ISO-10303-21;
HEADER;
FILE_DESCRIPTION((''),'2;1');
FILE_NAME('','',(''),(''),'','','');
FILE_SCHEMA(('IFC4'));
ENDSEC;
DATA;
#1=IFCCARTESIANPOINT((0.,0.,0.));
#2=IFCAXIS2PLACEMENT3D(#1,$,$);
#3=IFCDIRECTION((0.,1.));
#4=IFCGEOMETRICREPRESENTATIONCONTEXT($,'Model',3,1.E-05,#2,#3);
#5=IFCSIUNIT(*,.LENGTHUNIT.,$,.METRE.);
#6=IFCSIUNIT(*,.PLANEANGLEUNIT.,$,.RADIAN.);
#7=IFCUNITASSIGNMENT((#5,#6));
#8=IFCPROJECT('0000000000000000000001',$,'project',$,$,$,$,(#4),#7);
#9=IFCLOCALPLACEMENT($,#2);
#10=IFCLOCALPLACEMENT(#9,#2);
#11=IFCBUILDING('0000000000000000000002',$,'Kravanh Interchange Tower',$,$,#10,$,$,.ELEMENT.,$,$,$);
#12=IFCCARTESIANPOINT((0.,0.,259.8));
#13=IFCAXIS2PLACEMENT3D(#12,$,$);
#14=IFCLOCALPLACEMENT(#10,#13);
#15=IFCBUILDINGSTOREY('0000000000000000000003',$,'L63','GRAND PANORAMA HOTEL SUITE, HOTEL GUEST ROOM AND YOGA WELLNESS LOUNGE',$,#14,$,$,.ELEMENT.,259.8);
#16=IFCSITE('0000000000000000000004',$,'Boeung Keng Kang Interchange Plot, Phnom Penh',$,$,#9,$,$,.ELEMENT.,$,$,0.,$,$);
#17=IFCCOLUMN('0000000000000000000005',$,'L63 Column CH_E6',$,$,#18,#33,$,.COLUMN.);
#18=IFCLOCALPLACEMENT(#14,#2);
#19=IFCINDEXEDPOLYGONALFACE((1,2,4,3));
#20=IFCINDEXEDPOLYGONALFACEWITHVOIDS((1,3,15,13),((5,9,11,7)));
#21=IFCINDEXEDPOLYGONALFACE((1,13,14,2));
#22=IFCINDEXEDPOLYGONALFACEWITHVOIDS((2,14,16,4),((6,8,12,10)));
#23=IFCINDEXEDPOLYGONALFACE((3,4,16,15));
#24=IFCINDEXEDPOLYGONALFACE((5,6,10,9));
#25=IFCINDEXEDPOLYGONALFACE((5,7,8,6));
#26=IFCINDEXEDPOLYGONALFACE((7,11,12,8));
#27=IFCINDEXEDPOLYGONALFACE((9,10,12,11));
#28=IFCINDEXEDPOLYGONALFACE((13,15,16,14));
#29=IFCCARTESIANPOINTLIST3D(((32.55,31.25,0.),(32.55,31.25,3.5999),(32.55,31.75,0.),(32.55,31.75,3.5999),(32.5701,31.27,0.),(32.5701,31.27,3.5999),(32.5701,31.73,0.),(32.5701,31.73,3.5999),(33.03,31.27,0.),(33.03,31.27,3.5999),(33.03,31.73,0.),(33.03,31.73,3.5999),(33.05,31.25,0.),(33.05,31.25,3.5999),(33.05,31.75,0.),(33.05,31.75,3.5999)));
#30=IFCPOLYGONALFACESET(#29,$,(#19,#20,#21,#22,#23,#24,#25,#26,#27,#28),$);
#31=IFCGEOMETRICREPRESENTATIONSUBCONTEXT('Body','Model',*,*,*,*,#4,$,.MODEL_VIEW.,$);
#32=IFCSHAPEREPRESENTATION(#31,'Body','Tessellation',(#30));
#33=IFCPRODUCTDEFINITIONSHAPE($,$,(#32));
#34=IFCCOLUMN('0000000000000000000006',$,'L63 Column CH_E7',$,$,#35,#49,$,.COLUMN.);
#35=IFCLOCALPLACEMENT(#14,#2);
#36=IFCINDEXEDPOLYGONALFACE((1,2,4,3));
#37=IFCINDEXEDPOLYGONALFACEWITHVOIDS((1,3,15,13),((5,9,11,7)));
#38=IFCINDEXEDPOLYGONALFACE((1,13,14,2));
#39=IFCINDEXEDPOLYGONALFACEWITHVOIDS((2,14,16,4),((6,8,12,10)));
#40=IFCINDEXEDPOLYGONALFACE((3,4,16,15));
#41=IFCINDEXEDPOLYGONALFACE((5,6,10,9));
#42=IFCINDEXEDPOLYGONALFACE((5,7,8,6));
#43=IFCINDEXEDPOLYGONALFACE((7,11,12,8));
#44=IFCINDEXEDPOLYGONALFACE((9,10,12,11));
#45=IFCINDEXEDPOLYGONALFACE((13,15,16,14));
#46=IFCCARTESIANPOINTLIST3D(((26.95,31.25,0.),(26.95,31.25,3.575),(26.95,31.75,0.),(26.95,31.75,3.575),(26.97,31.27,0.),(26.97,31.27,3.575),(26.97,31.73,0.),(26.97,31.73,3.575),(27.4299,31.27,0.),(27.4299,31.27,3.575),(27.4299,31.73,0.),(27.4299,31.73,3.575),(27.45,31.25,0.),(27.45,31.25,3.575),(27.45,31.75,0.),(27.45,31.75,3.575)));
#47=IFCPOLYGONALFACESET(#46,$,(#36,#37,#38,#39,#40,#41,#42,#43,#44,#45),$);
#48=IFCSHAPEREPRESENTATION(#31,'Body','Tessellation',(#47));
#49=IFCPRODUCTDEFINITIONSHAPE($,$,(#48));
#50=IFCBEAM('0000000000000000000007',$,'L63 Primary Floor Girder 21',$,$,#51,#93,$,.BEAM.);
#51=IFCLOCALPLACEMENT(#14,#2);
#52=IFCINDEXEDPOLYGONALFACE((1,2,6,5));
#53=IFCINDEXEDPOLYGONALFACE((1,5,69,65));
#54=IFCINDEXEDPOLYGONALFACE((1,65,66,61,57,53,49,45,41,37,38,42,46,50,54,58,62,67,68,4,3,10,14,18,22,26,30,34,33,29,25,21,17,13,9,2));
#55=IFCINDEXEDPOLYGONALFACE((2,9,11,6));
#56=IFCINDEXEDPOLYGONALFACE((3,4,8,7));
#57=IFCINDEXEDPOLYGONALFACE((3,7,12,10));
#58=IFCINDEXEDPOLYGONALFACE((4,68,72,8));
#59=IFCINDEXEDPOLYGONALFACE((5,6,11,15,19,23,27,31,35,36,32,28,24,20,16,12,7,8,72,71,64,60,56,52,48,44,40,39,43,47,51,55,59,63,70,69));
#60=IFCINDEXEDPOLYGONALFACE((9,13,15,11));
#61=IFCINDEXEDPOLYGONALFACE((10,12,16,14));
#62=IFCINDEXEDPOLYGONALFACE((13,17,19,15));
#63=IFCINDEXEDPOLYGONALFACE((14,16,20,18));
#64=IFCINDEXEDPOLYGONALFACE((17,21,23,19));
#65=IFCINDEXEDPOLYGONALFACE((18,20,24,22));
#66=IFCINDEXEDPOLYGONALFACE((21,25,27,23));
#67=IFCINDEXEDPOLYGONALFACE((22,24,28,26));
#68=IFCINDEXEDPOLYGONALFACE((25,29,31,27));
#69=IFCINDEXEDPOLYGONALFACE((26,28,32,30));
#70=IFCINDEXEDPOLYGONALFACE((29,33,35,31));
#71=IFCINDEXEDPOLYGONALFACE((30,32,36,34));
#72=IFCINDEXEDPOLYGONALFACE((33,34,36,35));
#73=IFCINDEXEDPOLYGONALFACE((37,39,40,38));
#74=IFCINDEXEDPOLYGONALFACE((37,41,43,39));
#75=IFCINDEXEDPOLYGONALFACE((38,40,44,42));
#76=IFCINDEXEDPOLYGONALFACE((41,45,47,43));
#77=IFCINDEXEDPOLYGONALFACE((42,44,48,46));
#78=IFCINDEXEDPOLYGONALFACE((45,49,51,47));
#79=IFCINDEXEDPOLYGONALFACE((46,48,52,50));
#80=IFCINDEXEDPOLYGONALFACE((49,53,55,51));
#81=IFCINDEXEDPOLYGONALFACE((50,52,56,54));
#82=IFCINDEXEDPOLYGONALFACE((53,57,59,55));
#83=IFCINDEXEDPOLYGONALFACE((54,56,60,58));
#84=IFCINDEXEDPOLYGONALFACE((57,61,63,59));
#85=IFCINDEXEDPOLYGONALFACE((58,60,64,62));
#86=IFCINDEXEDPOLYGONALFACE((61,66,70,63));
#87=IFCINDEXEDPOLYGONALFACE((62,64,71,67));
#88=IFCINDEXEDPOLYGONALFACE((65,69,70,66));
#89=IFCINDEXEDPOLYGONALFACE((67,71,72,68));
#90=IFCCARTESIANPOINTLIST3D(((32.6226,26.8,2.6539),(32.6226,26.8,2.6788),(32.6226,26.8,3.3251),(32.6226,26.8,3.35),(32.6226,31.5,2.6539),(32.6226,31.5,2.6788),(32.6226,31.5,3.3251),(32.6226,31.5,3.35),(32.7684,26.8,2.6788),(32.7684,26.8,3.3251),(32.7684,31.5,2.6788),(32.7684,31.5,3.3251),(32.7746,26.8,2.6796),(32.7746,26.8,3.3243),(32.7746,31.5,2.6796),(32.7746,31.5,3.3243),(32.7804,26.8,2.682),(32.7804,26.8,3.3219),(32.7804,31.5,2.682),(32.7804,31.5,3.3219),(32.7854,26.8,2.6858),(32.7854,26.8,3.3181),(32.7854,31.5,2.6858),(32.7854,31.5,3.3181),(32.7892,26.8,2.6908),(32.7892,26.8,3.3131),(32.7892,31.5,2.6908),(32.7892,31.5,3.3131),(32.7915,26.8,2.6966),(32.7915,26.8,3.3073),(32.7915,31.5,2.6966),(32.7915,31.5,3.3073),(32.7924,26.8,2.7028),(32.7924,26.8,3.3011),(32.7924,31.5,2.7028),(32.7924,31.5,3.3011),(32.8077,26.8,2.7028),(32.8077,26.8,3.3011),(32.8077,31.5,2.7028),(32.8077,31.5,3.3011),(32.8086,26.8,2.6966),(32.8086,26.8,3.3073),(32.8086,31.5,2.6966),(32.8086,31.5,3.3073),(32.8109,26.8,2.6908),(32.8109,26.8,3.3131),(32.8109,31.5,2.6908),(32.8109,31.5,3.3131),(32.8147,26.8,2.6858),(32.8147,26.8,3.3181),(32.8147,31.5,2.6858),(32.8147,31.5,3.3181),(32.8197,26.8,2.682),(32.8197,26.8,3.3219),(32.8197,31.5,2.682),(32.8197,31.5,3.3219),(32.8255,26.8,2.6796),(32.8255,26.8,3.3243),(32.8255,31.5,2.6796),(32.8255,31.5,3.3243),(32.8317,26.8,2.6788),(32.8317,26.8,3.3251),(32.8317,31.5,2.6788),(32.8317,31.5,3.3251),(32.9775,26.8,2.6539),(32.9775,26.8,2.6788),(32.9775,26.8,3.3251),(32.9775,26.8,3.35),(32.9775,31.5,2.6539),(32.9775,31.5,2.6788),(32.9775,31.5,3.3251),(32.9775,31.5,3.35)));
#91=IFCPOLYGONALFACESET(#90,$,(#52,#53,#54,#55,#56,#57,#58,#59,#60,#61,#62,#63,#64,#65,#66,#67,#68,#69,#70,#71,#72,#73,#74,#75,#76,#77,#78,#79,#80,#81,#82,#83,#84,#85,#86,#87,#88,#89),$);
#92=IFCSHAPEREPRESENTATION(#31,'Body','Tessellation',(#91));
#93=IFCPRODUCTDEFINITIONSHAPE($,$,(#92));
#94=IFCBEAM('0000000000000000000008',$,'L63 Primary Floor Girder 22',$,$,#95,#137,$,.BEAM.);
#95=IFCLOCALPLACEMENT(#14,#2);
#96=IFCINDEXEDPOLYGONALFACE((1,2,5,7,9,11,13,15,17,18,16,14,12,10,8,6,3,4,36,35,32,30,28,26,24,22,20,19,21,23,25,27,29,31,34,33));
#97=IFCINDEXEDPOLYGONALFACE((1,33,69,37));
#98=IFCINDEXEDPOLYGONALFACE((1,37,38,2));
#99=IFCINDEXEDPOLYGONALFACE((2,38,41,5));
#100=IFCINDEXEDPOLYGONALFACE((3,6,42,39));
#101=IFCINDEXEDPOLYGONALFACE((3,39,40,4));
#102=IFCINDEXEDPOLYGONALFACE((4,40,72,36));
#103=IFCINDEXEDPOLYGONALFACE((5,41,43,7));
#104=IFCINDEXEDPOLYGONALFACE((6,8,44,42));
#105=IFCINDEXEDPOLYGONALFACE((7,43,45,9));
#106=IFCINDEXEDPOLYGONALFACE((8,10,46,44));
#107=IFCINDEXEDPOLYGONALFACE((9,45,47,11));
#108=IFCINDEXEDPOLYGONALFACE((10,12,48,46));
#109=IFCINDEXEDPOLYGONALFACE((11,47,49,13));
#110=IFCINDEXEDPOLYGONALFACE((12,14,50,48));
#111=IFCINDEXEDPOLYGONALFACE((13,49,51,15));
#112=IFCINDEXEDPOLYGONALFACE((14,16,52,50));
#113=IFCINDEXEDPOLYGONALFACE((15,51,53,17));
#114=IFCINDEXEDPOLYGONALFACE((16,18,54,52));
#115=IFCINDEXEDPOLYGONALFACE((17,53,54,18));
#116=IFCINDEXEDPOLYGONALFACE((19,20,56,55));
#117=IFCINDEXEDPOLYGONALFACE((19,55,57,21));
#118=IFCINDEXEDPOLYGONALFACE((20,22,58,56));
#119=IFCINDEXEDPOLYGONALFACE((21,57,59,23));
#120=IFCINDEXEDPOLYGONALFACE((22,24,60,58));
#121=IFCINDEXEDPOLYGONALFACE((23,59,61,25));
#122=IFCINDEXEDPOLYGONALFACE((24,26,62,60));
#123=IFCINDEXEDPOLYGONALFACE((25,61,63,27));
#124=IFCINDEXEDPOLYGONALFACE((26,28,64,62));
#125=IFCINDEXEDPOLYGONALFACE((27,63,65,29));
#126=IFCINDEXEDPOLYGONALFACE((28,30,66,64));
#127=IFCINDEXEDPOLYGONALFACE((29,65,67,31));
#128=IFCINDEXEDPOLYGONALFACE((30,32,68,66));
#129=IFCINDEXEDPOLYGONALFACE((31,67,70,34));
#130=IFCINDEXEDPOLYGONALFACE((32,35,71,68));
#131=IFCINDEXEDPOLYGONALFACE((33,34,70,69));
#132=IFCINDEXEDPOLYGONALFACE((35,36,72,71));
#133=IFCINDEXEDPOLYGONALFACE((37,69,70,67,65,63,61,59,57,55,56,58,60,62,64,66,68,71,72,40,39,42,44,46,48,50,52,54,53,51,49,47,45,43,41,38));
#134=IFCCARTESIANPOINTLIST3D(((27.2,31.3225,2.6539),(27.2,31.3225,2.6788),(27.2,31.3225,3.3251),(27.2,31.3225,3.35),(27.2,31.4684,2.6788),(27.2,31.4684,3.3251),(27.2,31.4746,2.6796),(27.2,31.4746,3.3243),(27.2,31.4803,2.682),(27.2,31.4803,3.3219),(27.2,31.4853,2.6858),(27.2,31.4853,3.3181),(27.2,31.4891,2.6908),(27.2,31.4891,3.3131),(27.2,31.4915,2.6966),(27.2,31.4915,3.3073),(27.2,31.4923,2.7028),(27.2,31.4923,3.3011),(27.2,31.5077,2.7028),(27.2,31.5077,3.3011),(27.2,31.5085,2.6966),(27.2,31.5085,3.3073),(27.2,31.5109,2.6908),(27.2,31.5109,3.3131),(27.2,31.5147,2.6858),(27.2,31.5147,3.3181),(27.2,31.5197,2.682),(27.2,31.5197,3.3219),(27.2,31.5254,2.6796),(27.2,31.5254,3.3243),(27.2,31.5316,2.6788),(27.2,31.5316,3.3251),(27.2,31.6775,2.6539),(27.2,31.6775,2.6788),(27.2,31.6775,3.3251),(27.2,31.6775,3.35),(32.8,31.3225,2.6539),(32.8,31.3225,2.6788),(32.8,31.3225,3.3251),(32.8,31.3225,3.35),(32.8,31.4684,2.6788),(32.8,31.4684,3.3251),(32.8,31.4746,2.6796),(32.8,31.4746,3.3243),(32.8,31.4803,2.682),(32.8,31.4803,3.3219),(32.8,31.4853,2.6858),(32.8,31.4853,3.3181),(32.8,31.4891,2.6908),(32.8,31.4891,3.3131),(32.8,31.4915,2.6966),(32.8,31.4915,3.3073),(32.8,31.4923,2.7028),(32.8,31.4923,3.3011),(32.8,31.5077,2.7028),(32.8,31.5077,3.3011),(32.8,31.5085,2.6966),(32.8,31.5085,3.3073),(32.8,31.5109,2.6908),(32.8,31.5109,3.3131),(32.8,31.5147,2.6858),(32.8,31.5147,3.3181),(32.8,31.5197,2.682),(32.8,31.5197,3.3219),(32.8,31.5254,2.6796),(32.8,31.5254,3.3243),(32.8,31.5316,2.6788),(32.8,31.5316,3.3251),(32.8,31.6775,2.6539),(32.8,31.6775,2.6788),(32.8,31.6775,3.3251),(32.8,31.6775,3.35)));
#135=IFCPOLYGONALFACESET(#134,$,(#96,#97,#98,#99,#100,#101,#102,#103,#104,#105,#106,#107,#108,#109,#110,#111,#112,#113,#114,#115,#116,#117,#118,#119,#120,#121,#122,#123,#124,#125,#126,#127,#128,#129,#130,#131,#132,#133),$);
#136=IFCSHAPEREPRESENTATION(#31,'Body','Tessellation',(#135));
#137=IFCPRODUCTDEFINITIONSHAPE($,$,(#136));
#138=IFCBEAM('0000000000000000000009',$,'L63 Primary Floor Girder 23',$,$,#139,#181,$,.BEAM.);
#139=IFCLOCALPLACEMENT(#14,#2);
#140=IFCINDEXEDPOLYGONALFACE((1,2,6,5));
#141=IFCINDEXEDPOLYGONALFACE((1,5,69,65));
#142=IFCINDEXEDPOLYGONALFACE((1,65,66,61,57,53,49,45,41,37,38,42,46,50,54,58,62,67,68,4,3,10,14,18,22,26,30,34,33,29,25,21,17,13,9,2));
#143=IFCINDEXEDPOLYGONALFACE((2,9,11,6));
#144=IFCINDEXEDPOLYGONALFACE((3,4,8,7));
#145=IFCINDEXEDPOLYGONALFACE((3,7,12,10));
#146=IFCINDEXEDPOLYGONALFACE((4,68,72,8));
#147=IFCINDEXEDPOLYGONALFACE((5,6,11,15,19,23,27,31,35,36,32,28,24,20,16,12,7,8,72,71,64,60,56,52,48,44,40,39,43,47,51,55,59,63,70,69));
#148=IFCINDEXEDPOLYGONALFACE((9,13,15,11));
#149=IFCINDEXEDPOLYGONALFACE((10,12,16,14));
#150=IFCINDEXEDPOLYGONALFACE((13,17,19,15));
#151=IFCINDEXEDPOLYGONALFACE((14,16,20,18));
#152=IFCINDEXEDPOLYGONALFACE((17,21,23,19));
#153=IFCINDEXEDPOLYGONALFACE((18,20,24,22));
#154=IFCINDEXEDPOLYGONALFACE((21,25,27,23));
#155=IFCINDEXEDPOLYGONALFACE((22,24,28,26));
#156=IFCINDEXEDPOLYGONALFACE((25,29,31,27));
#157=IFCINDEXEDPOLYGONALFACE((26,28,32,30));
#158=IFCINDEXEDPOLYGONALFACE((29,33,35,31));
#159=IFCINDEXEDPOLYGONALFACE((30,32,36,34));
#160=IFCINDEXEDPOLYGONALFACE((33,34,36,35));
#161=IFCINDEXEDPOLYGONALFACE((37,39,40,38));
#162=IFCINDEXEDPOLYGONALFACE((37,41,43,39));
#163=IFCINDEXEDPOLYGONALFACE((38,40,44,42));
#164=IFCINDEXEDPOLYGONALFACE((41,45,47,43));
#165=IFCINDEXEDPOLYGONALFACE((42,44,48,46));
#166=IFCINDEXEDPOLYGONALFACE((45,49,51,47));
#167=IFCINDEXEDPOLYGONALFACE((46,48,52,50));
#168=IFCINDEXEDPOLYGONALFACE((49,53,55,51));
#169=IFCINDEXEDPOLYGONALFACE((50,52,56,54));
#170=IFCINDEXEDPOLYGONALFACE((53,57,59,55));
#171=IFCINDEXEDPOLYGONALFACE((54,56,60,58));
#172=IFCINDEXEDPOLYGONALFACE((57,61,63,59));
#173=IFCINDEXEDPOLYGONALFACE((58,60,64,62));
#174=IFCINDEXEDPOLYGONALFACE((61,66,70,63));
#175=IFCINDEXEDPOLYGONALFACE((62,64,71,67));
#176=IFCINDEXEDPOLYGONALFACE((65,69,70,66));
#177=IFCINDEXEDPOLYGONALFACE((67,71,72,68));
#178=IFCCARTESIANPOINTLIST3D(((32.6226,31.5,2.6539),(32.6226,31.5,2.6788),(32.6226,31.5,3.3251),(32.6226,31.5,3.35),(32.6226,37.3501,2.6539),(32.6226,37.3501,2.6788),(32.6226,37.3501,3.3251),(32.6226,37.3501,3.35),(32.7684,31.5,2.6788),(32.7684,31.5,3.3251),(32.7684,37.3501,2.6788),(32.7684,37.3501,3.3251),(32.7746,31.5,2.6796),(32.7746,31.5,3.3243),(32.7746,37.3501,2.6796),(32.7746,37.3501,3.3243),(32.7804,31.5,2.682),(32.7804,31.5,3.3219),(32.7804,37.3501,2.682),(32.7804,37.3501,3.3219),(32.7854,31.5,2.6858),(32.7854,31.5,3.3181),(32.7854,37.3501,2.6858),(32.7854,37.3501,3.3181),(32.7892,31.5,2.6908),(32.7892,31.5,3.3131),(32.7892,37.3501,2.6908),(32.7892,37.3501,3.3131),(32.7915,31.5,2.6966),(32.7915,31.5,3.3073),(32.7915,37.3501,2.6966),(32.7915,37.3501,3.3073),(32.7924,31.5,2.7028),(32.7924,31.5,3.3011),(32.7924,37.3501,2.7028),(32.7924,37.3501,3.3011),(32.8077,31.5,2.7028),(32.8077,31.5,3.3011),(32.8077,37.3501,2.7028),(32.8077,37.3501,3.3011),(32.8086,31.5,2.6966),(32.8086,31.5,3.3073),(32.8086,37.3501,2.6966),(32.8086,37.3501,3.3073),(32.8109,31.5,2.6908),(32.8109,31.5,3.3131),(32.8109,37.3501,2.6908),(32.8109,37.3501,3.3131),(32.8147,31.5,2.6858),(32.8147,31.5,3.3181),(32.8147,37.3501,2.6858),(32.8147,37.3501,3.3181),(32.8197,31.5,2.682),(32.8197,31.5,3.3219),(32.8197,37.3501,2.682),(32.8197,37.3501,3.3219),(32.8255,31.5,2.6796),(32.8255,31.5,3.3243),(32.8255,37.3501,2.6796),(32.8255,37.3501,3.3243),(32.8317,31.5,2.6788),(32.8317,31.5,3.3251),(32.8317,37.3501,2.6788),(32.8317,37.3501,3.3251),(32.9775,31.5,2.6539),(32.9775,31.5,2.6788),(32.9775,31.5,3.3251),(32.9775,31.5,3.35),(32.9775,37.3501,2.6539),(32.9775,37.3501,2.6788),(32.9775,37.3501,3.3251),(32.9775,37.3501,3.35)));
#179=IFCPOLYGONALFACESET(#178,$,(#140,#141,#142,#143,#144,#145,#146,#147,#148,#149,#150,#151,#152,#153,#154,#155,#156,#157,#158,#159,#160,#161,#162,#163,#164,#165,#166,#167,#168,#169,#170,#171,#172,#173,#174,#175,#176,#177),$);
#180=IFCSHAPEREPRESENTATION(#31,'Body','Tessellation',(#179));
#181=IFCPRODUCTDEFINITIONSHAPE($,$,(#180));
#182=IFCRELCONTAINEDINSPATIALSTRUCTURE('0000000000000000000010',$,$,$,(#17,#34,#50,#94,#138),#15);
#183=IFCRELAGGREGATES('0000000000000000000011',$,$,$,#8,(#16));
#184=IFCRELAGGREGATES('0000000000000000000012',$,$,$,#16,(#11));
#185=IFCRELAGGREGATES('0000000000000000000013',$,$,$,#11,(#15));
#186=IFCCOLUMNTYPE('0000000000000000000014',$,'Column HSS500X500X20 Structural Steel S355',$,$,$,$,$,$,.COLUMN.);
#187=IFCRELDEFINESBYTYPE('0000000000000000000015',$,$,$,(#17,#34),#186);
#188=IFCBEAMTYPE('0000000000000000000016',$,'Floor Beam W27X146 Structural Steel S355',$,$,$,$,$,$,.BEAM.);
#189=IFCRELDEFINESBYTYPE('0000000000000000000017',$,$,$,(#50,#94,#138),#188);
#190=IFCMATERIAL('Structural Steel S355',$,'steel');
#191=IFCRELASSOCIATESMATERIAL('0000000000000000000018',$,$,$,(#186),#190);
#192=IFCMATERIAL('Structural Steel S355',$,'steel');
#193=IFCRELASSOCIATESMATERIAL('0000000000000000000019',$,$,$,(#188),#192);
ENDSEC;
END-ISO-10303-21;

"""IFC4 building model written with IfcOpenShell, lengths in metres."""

from ifc_helpers import new_model, si_unit, direction, frame, origin, origin_2d, place, context, subcontext, project, spatial, hollow_rectangle, i_section, extrude, material, material_profile, profile_set, type_object, element, save


model = new_model("IFC4")

# Units and contexts
model_context = context("Model", 3, precision=1e-05, world=origin(), true_north=direction((0.0, 1.0)))
body_context = subcontext(model_context, "Body", "Model", "MODEL_VIEW")
ifc_project = project(units=[si_unit("LENGTHUNIT", "METRE"), si_unit("PLANEANGLEUNIT", "RADIAN")], contexts=[model_context])

# Site, building, storey
site_placement = place(None, origin())
site = spatial("IfcSite", under=ifc_project, at=site_placement, Name="Boeung Keng Kang Interchange Plot, Phnom Penh", CompositionType="ELEMENT", RefElevation=0.0)
building_placement = place(site_placement, origin())
building = spatial("IfcBuilding", under=site, at=building_placement, Name="Kravanh Interchange Tower", CompositionType="ELEMENT")
storey_placement = place(building_placement, frame((0.0, 0.0, 259.8)))
storey = spatial("IfcBuildingStorey", under=building, at=storey_placement, Name="L63", Description="GRAND PANORAMA HOTEL SUITE, HOTEL GUEST ROOM AND YOGA WELLNESS LOUNGE", CompositionType="ELEMENT", Elevation=259.8)

# Columns
ifc_material_1 = material(Name="Structural Steel S355", Category="steel")
ifc_material_profile_1 = material_profile(ifc_material_1, hollow_rectangle(XDim=0.5, YDim=0.5, WallThickness=0.02, at=origin_2d()), Name="HSS500X500X20")
ifc_profile_set_1 = profile_set([ifc_material_profile_1], Name="Structural Steel S355")
column_type = type_object("IfcColumnType", Name="Column HSS500X500X20 Structural Steel S355", PredefinedType="COLUMN", material=ifc_profile_set_1)
column_1_placement = place(storey_placement, frame((32.8, 31.5, 0.0), z_axis=(0.0, 0.0, 1.0), x_axis=(1.0, 0.0, 0.0)))
element("IfcColumn", 1, at=column_1_placement, inside=storey, type_object=column_type, Name="L63 Column CH_E6", PredefinedType="COLUMN", context=body_context, shape_type="SweptSolid", body=[
    extrude(hollow_rectangle(XDim=0.5, YDim=0.5, WallThickness=0.02, at=origin_2d()), origin(), (0.0, 0.0, 1.0), 3.5999),
])
column_2_placement = place(storey_placement, frame((27.2, 31.5, 0.0), z_axis=(0.0, 0.0, 1.0), x_axis=(1.0, 0.0, 0.0)))
element("IfcColumn", 2, at=column_2_placement, inside=storey, type_object=column_type, Name="L63 Column CH_E7", PredefinedType="COLUMN", context=body_context, shape_type="SweptSolid", body=[
    extrude(hollow_rectangle(XDim=0.5, YDim=0.5, WallThickness=0.02, at=origin_2d()), origin(), (0.0, 0.0, 1.0), 3.575),
])

# Beams
ifc_material_2 = material(Name="Structural Steel S355", Category="steel")
ifc_material_profile_2 = material_profile(ifc_material_2, i_section(OverallWidth=0.355, OverallDepth=0.696, WebThickness=0.0154, FlangeThickness=0.0249, FilletRadius=0.0239, at=origin_2d()), Name="W27X146")
ifc_profile_set_2 = profile_set([ifc_material_profile_2], Name="Structural Steel S355")
beam_type_1 = type_object("IfcBeamType", Name="Floor Beam W27X146 Structural Steel S355", PredefinedType="BEAM", material=ifc_profile_set_2)
beam_1_placement = place(storey_placement, frame((32.8, 31.5, 3.002), z_axis=(0.0, -1.0, 0.0), x_axis=(1.0, 0.0, 0.0)))
element("IfcBeam", 3, at=beam_1_placement, inside=storey, type_object=beam_type_1, Name="L63 Primary Floor Girder 21", PredefinedType="BEAM", context=body_context, shape_type="SweptSolid", body=[
    extrude(i_section(OverallWidth=0.355, OverallDepth=0.696, WebThickness=0.0154, FlangeThickness=0.0249, FilletRadius=0.0239, at=origin_2d()), origin(), (0.0, 0.0, 1.0), 4.7),
])
beam_2_placement = place(storey_placement, frame((32.8, 31.5, 3.002), z_axis=(-1.0, 0.0, 0.0), x_axis=(0.0, -1.0, 0.0)))
element("IfcBeam", 4, at=beam_2_placement, inside=storey, type_object=beam_type_1, Name="L63 Primary Floor Girder 22", PredefinedType="BEAM", context=body_context, shape_type="SweptSolid", body=[
    extrude(i_section(OverallWidth=0.355, OverallDepth=0.696, WebThickness=0.0154, FlangeThickness=0.0249, FilletRadius=0.0239, at=origin_2d()), origin(), (0.0, 0.0, 1.0), 5.6001),
])
beam_3_placement = place(storey_placement, frame((32.8, 31.5, 3.002), z_axis=(0.0, 1.0, 0.0), x_axis=(-1.0, 0.0, 0.0)))
element("IfcBeam", 5, at=beam_3_placement, inside=storey, type_object=beam_type_1, Name="L63 Primary Floor Girder 23", PredefinedType="BEAM", context=body_context, shape_type="SweptSolid", body=[
    extrude(i_section(OverallWidth=0.355, OverallDepth=0.696, WebThickness=0.0154, FlangeThickness=0.0249, FilletRadius=0.0239, at=origin_2d()), origin(), (0.0, 0.0, 1.0), 5.8501),
])

save(model, "model.ifc")
